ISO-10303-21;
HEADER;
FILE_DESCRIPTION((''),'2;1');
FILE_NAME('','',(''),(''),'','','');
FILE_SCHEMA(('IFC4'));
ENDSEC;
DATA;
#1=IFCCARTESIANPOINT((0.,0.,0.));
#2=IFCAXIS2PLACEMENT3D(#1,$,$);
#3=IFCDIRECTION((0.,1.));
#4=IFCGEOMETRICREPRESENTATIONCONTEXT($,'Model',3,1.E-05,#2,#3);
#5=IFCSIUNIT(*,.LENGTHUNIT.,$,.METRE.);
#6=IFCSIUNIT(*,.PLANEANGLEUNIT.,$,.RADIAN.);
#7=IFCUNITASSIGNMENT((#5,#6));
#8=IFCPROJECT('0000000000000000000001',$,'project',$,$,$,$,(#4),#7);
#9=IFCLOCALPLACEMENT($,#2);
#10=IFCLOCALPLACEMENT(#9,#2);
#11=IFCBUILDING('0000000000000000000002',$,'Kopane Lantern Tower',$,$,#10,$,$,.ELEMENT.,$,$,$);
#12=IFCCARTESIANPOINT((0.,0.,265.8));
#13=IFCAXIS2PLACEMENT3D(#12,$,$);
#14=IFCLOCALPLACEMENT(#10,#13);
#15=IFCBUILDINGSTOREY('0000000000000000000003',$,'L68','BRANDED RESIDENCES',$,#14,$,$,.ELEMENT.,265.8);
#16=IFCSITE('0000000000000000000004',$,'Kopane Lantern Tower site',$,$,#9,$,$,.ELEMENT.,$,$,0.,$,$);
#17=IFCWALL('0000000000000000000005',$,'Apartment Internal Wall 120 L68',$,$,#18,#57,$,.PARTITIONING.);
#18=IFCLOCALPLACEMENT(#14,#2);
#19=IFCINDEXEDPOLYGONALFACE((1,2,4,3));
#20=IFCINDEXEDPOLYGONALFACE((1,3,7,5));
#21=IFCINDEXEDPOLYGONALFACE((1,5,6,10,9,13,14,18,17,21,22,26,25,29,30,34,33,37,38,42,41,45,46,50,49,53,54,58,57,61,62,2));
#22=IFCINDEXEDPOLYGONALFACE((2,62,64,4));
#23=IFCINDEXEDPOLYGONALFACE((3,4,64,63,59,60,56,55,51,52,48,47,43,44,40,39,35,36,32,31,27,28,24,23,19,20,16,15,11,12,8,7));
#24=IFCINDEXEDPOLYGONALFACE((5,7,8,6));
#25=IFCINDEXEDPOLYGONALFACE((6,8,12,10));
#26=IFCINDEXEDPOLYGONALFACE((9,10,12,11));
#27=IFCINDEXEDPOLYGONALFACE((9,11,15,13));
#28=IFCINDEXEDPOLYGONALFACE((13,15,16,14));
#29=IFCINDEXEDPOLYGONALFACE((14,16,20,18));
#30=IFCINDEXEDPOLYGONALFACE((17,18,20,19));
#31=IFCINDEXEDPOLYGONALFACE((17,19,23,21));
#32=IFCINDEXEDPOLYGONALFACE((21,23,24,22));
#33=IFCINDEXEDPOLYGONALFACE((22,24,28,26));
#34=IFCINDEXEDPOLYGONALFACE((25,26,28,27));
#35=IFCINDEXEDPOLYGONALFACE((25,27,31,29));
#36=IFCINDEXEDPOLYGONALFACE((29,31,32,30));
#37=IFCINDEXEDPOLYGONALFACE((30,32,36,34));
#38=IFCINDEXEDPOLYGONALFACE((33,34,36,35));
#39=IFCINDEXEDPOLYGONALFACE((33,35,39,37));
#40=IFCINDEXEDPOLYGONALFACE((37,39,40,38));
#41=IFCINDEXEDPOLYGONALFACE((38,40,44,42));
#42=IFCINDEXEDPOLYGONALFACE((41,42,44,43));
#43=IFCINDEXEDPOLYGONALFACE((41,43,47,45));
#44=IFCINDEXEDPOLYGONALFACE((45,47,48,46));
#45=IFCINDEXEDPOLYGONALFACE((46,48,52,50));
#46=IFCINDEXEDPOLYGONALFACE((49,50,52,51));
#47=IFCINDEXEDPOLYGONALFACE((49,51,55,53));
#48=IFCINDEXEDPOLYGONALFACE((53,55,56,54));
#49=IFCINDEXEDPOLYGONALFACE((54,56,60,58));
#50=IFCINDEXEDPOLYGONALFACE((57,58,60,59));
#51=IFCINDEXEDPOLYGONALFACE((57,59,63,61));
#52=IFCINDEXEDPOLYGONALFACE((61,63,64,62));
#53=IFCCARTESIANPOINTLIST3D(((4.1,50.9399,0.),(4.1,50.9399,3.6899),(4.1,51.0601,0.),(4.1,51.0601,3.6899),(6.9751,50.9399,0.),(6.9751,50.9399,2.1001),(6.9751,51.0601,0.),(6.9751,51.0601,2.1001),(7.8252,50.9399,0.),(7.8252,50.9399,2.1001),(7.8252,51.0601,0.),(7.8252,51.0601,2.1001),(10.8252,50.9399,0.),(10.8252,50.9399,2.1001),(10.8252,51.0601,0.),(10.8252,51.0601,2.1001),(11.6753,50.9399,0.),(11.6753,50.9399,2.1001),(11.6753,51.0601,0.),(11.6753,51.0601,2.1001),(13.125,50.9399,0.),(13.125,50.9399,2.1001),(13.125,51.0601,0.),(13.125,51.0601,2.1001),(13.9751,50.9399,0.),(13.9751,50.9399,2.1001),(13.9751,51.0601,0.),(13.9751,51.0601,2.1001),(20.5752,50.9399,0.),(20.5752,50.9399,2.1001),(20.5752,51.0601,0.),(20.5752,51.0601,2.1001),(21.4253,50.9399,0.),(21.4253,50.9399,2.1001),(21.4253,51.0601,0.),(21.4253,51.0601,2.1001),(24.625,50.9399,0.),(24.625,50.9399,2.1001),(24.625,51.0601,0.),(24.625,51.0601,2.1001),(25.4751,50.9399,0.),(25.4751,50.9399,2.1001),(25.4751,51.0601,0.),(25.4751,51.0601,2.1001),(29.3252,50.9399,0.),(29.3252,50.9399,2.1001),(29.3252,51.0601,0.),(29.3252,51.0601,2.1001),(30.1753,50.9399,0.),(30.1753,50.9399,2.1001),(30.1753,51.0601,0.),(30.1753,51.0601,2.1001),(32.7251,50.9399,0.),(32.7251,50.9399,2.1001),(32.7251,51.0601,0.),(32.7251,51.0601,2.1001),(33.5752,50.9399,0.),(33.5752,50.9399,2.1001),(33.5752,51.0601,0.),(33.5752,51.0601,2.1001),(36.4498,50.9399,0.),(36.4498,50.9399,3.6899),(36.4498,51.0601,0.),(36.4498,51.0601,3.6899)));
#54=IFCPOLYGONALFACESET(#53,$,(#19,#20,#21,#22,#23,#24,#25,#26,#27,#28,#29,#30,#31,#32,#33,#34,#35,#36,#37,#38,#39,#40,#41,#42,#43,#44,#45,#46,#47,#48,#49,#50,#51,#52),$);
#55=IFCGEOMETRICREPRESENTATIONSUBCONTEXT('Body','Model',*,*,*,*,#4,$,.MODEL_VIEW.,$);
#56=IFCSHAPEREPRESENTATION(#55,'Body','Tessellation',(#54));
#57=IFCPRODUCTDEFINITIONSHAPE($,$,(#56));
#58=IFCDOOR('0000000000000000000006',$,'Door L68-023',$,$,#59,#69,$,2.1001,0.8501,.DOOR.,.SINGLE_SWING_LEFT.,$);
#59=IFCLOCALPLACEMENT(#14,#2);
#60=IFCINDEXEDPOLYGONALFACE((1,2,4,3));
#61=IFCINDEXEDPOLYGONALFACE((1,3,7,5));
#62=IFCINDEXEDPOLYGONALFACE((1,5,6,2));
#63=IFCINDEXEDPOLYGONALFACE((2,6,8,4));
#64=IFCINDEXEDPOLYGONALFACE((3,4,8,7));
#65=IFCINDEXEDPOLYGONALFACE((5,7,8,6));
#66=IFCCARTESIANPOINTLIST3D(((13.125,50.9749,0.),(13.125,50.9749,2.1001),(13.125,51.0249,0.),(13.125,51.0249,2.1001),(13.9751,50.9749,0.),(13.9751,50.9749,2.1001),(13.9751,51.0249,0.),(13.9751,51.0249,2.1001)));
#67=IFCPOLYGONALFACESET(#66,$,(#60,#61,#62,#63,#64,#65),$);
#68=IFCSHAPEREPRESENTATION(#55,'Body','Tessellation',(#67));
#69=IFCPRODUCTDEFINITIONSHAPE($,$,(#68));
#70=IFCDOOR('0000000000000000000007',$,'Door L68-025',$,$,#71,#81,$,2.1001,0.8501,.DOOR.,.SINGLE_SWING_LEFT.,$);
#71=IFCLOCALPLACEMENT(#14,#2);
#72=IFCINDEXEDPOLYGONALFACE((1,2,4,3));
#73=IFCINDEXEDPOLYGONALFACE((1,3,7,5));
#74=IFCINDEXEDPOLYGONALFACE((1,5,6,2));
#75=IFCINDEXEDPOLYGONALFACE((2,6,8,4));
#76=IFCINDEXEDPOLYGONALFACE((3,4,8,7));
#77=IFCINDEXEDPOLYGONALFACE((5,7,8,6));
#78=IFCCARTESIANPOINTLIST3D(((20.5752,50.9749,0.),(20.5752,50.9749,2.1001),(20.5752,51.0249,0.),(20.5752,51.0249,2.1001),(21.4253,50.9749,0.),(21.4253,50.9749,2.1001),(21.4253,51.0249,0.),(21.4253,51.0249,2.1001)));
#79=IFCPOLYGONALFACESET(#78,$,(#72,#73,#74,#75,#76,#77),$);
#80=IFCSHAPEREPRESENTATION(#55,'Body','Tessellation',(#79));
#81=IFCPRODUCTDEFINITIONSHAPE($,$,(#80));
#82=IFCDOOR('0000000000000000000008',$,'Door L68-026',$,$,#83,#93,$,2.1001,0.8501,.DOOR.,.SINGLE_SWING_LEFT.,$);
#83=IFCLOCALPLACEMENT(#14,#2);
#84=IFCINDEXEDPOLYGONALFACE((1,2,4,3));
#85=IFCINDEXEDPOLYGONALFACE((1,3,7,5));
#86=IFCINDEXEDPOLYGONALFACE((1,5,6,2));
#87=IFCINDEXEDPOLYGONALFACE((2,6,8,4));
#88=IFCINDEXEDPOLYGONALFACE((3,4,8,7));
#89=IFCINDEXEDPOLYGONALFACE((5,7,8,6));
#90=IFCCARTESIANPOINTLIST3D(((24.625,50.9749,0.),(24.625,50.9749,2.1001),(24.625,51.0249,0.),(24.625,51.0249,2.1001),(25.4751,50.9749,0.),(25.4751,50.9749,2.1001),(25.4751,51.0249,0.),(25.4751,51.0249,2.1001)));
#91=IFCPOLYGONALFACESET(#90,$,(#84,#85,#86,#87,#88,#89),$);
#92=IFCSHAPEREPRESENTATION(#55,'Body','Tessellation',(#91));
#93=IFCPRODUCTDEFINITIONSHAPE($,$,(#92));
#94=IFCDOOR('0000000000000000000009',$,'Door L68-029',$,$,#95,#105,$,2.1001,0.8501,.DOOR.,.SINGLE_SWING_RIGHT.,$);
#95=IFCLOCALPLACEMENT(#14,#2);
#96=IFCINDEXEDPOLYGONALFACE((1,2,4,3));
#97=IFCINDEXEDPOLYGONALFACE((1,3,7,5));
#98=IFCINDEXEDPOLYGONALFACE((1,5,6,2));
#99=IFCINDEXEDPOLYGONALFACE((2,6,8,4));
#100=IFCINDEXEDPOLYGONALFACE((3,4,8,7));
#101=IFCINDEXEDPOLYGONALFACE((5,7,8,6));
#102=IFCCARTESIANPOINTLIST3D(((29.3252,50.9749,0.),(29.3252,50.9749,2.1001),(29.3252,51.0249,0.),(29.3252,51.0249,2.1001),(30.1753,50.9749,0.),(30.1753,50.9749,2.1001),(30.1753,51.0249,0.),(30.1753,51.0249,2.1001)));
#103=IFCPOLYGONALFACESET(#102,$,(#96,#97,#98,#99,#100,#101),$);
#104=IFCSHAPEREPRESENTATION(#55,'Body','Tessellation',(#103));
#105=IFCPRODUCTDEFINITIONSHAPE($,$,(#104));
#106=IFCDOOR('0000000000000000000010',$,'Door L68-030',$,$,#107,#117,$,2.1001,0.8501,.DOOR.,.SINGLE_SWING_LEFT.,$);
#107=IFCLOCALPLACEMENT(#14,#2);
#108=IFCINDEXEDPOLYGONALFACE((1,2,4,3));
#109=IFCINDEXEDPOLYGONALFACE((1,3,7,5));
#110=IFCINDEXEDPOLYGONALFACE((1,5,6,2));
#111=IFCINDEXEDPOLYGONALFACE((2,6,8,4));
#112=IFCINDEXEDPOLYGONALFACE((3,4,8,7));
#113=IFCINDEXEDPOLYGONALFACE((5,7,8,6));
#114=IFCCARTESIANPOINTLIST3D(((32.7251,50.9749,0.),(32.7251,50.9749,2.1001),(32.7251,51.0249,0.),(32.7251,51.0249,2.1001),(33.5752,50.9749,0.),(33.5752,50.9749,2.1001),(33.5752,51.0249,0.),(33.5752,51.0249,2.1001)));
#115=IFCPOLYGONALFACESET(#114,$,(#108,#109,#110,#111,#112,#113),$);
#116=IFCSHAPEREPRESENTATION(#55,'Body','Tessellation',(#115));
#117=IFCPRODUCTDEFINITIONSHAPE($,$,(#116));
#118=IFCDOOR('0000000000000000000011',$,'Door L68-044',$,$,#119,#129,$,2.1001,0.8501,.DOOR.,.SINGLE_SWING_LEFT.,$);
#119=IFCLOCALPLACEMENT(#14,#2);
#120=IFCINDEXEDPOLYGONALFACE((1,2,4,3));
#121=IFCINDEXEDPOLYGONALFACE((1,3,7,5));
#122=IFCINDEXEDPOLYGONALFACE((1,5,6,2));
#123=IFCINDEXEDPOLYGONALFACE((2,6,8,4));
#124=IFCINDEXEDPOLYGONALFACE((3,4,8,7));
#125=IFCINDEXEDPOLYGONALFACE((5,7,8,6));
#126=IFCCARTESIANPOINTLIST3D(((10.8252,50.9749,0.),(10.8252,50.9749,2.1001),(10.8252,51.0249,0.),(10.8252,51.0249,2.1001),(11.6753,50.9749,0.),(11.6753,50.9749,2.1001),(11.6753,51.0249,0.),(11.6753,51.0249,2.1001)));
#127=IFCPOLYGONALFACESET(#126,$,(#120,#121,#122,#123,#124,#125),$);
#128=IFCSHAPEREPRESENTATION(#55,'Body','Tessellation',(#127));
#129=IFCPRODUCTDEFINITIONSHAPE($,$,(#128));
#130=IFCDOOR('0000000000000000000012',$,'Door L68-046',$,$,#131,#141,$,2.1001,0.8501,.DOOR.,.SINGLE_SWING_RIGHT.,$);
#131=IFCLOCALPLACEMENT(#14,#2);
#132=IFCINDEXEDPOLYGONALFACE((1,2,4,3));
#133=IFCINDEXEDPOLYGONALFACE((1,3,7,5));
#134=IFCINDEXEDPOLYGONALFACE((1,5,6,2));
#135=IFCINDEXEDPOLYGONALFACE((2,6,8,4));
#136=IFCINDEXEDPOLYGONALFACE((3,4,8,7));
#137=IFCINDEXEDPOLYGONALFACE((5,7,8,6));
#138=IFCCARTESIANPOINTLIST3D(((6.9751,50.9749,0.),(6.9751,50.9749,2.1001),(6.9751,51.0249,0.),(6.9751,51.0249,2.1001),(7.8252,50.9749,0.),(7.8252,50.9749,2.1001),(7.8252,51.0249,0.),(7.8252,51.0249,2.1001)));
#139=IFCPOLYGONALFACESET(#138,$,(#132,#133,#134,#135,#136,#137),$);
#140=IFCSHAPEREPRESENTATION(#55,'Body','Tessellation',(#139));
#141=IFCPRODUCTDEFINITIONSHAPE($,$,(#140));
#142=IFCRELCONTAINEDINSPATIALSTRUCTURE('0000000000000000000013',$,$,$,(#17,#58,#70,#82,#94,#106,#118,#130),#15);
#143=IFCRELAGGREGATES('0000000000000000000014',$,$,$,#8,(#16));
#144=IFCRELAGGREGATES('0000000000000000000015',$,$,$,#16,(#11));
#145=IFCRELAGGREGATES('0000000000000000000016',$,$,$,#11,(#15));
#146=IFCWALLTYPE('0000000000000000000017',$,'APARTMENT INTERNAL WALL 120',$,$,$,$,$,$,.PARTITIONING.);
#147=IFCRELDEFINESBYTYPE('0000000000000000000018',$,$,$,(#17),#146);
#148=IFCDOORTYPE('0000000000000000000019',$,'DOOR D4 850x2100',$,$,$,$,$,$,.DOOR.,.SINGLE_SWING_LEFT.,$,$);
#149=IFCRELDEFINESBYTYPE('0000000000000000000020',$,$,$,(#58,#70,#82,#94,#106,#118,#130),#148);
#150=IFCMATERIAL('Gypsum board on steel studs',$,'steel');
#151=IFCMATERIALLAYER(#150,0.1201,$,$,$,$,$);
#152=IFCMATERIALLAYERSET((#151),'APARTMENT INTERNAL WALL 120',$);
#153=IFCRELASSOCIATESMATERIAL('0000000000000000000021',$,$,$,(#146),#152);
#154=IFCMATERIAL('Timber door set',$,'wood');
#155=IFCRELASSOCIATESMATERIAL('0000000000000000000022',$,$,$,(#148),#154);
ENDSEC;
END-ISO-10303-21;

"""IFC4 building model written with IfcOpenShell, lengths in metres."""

from ifc_helpers import new_model, si_unit, direction, frame, frame_2d, origin, place, context, subcontext, project, spatial, rectangle, extrude, material, layer, layer_set, type_object, element, fill, save


model = new_model("IFC4")

# Units and contexts
model_context = context("Model", 3, precision=1e-05, world=origin(), true_north=direction((0.0, 1.0)))
body_context = subcontext(model_context, "Body", "Model", "MODEL_VIEW")
ifc_project = project(units=[si_unit("LENGTHUNIT", "METRE"), si_unit("PLANEANGLEUNIT", "RADIAN")], contexts=[model_context])

# Site, building, storey
site_placement = place(None, origin())
site = spatial("IfcSite", under=ifc_project, at=site_placement, Name="Kopane Lantern Tower site", CompositionType="ELEMENT", RefElevation=0.0)
building_placement = place(site_placement, origin())
building = spatial("IfcBuilding", under=site, at=building_placement, Name="Kopane Lantern Tower", CompositionType="ELEMENT")
storey_placement = place(building_placement, frame((0.0, 0.0, 265.8)))
storey = spatial("IfcBuildingStorey", under=building, at=storey_placement, Name="L68", Description="BRANDED RESIDENCES", CompositionType="ELEMENT", Elevation=265.8)

# Wall, openings, doors
ifc_material_1 = material(Name="Gypsum board on steel studs", Category="steel")
ifc_layer_1 = layer(ifc_material_1, 0.1201)
ifc_layer_set_1 = layer_set([ifc_layer_1], Name="APARTMENT INTERNAL WALL 120")
wall_type_1 = type_object("IfcWallType", Name="APARTMENT INTERNAL WALL 120", PredefinedType="PARTITIONING", material=ifc_layer_set_1)
wall_1_placement = place(storey_placement, frame((4.1001, 51.0, 0.0), z_axis=(0.0, 0.0, 1.0), x_axis=(1.0, 0.0, 0.0)))
wall_1 = element("IfcWall", 1, at=wall_1_placement, inside=storey, type_object=wall_type_1, Name="Apartment Internal Wall 120 L68", PredefinedType="PARTITIONING", context=body_context, shape_type="SweptSolid", body=[
    extrude(rectangle(XDim=32.3499, YDim=0.1201, at=frame_2d((16.1748, 0.0))), origin(), (0.0, 0.0, 1.0), 3.6899),
])
opening_1_placement = place(wall_1_placement, frame((9.0249, 0.0, 0.0)))
opening_1 = element("IfcOpeningElement", 2, at=opening_1_placement, cuts=wall_1, PredefinedType="OPENING", context=body_context, shape_type="SweptSolid", body=[
    extrude(rectangle(XDim=0.8501, YDim=2.1001, at=frame_2d((0.425, 1.05))), frame((0.0, 0.0701, 0.0), z_axis=(0.0, -1.0, 0.0), x_axis=(1.0, 0.0, 0.0)), (0.0, 0.0, 1.0), 0.1401),
])
opening_2_placement = place(wall_1_placement, frame((16.4751, 0.0, 0.0)))
opening_2 = element("IfcOpeningElement", 3, at=opening_2_placement, cuts=wall_1, PredefinedType="OPENING", context=body_context, shape_type="SweptSolid", body=[
    extrude(rectangle(XDim=0.8501, YDim=2.1001, at=frame_2d((0.425, 1.05))), frame((0.0, 0.0701, 0.0), z_axis=(0.0, -1.0, 0.0), x_axis=(1.0, 0.0, 0.0)), (0.0, 0.0, 1.0), 0.1401),
])
opening_3_placement = place(wall_1_placement, frame((20.5249, 0.0, 0.0)))
opening_3 = element("IfcOpeningElement", 4, at=opening_3_placement, cuts=wall_1, PredefinedType="OPENING", context=body_context, shape_type="SweptSolid", body=[
    extrude(rectangle(XDim=0.8501, YDim=2.1001, at=frame_2d((0.425, 1.05))), frame((0.0, 0.0701, 0.0), z_axis=(0.0, -1.0, 0.0), x_axis=(1.0, 0.0, 0.0)), (0.0, 0.0, 1.0), 0.1401),
])
opening_4_placement = place(wall_1_placement, frame((25.2251, 0.0, 0.0)))
opening_4 = element("IfcOpeningElement", 5, at=opening_4_placement, cuts=wall_1, PredefinedType="OPENING", context=body_context, shape_type="SweptSolid", body=[
    extrude(rectangle(XDim=0.8501, YDim=2.1001, at=frame_2d((0.425, 1.05))), frame((0.0, 0.0701, 0.0), z_axis=(0.0, -1.0, 0.0), x_axis=(1.0, 0.0, 0.0)), (0.0, 0.0, 1.0), 0.1401),
])
opening_5_placement = place(wall_1_placement, frame((28.625, 0.0, 0.0)))
opening_5 = element("IfcOpeningElement", 6, at=opening_5_placement, cuts=wall_1, PredefinedType="OPENING", context=body_context, shape_type="SweptSolid", body=[
    extrude(rectangle(XDim=0.8501, YDim=2.1001, at=frame_2d((0.425, 1.05))), frame((0.0, 0.0701, 0.0), z_axis=(0.0, -1.0, 0.0), x_axis=(1.0, 0.0, 0.0)), (0.0, 0.0, 1.0), 0.1401),
])
opening_6_placement = place(wall_1_placement, frame((6.7251, 0.0, 0.0)))
opening_6 = element("IfcOpeningElement", 7, at=opening_6_placement, cuts=wall_1, PredefinedType="OPENING", context=body_context, shape_type="SweptSolid", body=[
    extrude(rectangle(XDim=0.8501, YDim=2.1001, at=frame_2d((0.425, 1.05))), frame((0.0, 0.0701, 0.0), z_axis=(0.0, -1.0, 0.0), x_axis=(1.0, 0.0, 0.0)), (0.0, 0.0, 1.0), 0.1401),
])
opening_7_placement = place(wall_1_placement, frame((2.875, 0.0, 0.0)))
opening_7 = element("IfcOpeningElement", 8, at=opening_7_placement, cuts=wall_1, PredefinedType="OPENING", context=body_context, shape_type="SweptSolid", body=[
    extrude(rectangle(XDim=0.8501, YDim=2.1001, at=frame_2d((0.425, 1.05))), frame((0.0, 0.0701, 0.0), z_axis=(0.0, -1.0, 0.0), x_axis=(1.0, 0.0, 0.0)), (0.0, 0.0, 1.0), 0.1401),
])
ifc_material_2 = material(Name="Timber door set", Category="wood")
door_type = type_object("IfcDoorType", Name="DOOR D4 850x2100", OperationType="SINGLE_SWING_LEFT", PredefinedType="DOOR", material=ifc_material_2)
door_1_placement = place(opening_1_placement, origin())
door_1 = element("IfcDoor", 9, at=door_1_placement, inside=storey, type_object=door_type, Name="Door L68-023", OperationType="SINGLE_SWING_LEFT", OverallHeight=2.1001, OverallWidth=0.8501, PredefinedType="DOOR", context=body_context, shape_type="SweptSolid", body=[
    extrude(rectangle(XDim=0.8501, YDim=2.1001, at=frame_2d((0.425, 1.05))), frame((0.0, 0.0249, 0.0), z_axis=(0.0, -1.0, 0.0), x_axis=(1.0, 0.0, 0.0)), (0.0, 0.0, 1.0), 0.05),
])
fill(opening_1, door_1)
door_2_placement = place(opening_2_placement, origin())
door_2 = element("IfcDoor", 10, at=door_2_placement, inside=storey, type_object=door_type, Name="Door L68-025", OperationType="SINGLE_SWING_LEFT", OverallHeight=2.1001, OverallWidth=0.8501, PredefinedType="DOOR", context=body_context, shape_type="SweptSolid", body=[
    extrude(rectangle(XDim=0.8501, YDim=2.1001, at=frame_2d((0.425, 1.05))), frame((0.0, 0.0249, 0.0), z_axis=(0.0, -1.0, 0.0), x_axis=(1.0, 0.0, 0.0)), (0.0, 0.0, 1.0), 0.05),
])
fill(opening_2, door_2)
door_3_placement = place(opening_3_placement, origin())
door_3 = element("IfcDoor", 11, at=door_3_placement, inside=storey, type_object=door_type, Name="Door L68-026", OperationType="SINGLE_SWING_LEFT", OverallHeight=2.1001, OverallWidth=0.8501, PredefinedType="DOOR", context=body_context, shape_type="SweptSolid", body=[
    extrude(rectangle(XDim=0.8501, YDim=2.1001, at=frame_2d((0.425, 1.05))), frame((0.0, 0.0249, 0.0), z_axis=(0.0, -1.0, 0.0), x_axis=(1.0, 0.0, 0.0)), (0.0, 0.0, 1.0), 0.05),
])
fill(opening_3, door_3)
door_4_placement = place(opening_4_placement, origin())
door_4 = element("IfcDoor", 12, at=door_4_placement, inside=storey, type_object=door_type, Name="Door L68-029", OperationType="SINGLE_SWING_RIGHT", OverallHeight=2.1001, OverallWidth=0.8501, PredefinedType="DOOR", context=body_context, shape_type="SweptSolid", body=[
    extrude(rectangle(XDim=0.8501, YDim=2.1001, at=frame_2d((0.425, 1.05))), frame((0.0, 0.0249, 0.0), z_axis=(0.0, -1.0, 0.0), x_axis=(1.0, 0.0, 0.0)), (0.0, 0.0, 1.0), 0.05),
])
fill(opening_4, door_4)
door_5_placement = place(opening_5_placement, origin())
door_5 = element("IfcDoor", 13, at=door_5_placement, inside=storey, type_object=door_type, Name="Door L68-030", OperationType="SINGLE_SWING_LEFT", OverallHeight=2.1001, OverallWidth=0.8501, PredefinedType="DOOR", context=body_context, shape_type="SweptSolid", body=[
    extrude(rectangle(XDim=0.8501, YDim=2.1001, at=frame_2d((0.425, 1.05))), frame((0.0, 0.0249, 0.0), z_axis=(0.0, -1.0, 0.0), x_axis=(1.0, 0.0, 0.0)), (0.0, 0.0, 1.0), 0.05),
])
fill(opening_5, door_5)
door_6_placement = place(opening_6_placement, origin())
door_6 = element("IfcDoor", 14, at=door_6_placement, inside=storey, type_object=door_type, Name="Door L68-044", OperationType="SINGLE_SWING_LEFT", OverallHeight=2.1001, OverallWidth=0.8501, PredefinedType="DOOR", context=body_context, shape_type="SweptSolid", body=[
    extrude(rectangle(XDim=0.8501, YDim=2.1001, at=frame_2d((0.425, 1.05))), frame((0.0, 0.0249, 0.0), z_axis=(0.0, -1.0, 0.0), x_axis=(1.0, 0.0, 0.0)), (0.0, 0.0, 1.0), 0.05),
])
fill(opening_6, door_6)
door_7_placement = place(opening_7_placement, origin())
door_7 = element("IfcDoor", 15, at=door_7_placement, inside=storey, type_object=door_type, Name="Door L68-046", OperationType="SINGLE_SWING_RIGHT", OverallHeight=2.1001, OverallWidth=0.8501, PredefinedType="DOOR", context=body_context, shape_type="SweptSolid", body=[
    extrude(rectangle(XDim=0.8501, YDim=2.1001, at=frame_2d((0.425, 1.05))), frame((0.0, 0.0249, 0.0), z_axis=(0.0, -1.0, 0.0), x_axis=(1.0, 0.0, 0.0)), (0.0, 0.0, 1.0), 0.05),
])
fill(opening_7, door_7)

save(model, "model.ifc")
